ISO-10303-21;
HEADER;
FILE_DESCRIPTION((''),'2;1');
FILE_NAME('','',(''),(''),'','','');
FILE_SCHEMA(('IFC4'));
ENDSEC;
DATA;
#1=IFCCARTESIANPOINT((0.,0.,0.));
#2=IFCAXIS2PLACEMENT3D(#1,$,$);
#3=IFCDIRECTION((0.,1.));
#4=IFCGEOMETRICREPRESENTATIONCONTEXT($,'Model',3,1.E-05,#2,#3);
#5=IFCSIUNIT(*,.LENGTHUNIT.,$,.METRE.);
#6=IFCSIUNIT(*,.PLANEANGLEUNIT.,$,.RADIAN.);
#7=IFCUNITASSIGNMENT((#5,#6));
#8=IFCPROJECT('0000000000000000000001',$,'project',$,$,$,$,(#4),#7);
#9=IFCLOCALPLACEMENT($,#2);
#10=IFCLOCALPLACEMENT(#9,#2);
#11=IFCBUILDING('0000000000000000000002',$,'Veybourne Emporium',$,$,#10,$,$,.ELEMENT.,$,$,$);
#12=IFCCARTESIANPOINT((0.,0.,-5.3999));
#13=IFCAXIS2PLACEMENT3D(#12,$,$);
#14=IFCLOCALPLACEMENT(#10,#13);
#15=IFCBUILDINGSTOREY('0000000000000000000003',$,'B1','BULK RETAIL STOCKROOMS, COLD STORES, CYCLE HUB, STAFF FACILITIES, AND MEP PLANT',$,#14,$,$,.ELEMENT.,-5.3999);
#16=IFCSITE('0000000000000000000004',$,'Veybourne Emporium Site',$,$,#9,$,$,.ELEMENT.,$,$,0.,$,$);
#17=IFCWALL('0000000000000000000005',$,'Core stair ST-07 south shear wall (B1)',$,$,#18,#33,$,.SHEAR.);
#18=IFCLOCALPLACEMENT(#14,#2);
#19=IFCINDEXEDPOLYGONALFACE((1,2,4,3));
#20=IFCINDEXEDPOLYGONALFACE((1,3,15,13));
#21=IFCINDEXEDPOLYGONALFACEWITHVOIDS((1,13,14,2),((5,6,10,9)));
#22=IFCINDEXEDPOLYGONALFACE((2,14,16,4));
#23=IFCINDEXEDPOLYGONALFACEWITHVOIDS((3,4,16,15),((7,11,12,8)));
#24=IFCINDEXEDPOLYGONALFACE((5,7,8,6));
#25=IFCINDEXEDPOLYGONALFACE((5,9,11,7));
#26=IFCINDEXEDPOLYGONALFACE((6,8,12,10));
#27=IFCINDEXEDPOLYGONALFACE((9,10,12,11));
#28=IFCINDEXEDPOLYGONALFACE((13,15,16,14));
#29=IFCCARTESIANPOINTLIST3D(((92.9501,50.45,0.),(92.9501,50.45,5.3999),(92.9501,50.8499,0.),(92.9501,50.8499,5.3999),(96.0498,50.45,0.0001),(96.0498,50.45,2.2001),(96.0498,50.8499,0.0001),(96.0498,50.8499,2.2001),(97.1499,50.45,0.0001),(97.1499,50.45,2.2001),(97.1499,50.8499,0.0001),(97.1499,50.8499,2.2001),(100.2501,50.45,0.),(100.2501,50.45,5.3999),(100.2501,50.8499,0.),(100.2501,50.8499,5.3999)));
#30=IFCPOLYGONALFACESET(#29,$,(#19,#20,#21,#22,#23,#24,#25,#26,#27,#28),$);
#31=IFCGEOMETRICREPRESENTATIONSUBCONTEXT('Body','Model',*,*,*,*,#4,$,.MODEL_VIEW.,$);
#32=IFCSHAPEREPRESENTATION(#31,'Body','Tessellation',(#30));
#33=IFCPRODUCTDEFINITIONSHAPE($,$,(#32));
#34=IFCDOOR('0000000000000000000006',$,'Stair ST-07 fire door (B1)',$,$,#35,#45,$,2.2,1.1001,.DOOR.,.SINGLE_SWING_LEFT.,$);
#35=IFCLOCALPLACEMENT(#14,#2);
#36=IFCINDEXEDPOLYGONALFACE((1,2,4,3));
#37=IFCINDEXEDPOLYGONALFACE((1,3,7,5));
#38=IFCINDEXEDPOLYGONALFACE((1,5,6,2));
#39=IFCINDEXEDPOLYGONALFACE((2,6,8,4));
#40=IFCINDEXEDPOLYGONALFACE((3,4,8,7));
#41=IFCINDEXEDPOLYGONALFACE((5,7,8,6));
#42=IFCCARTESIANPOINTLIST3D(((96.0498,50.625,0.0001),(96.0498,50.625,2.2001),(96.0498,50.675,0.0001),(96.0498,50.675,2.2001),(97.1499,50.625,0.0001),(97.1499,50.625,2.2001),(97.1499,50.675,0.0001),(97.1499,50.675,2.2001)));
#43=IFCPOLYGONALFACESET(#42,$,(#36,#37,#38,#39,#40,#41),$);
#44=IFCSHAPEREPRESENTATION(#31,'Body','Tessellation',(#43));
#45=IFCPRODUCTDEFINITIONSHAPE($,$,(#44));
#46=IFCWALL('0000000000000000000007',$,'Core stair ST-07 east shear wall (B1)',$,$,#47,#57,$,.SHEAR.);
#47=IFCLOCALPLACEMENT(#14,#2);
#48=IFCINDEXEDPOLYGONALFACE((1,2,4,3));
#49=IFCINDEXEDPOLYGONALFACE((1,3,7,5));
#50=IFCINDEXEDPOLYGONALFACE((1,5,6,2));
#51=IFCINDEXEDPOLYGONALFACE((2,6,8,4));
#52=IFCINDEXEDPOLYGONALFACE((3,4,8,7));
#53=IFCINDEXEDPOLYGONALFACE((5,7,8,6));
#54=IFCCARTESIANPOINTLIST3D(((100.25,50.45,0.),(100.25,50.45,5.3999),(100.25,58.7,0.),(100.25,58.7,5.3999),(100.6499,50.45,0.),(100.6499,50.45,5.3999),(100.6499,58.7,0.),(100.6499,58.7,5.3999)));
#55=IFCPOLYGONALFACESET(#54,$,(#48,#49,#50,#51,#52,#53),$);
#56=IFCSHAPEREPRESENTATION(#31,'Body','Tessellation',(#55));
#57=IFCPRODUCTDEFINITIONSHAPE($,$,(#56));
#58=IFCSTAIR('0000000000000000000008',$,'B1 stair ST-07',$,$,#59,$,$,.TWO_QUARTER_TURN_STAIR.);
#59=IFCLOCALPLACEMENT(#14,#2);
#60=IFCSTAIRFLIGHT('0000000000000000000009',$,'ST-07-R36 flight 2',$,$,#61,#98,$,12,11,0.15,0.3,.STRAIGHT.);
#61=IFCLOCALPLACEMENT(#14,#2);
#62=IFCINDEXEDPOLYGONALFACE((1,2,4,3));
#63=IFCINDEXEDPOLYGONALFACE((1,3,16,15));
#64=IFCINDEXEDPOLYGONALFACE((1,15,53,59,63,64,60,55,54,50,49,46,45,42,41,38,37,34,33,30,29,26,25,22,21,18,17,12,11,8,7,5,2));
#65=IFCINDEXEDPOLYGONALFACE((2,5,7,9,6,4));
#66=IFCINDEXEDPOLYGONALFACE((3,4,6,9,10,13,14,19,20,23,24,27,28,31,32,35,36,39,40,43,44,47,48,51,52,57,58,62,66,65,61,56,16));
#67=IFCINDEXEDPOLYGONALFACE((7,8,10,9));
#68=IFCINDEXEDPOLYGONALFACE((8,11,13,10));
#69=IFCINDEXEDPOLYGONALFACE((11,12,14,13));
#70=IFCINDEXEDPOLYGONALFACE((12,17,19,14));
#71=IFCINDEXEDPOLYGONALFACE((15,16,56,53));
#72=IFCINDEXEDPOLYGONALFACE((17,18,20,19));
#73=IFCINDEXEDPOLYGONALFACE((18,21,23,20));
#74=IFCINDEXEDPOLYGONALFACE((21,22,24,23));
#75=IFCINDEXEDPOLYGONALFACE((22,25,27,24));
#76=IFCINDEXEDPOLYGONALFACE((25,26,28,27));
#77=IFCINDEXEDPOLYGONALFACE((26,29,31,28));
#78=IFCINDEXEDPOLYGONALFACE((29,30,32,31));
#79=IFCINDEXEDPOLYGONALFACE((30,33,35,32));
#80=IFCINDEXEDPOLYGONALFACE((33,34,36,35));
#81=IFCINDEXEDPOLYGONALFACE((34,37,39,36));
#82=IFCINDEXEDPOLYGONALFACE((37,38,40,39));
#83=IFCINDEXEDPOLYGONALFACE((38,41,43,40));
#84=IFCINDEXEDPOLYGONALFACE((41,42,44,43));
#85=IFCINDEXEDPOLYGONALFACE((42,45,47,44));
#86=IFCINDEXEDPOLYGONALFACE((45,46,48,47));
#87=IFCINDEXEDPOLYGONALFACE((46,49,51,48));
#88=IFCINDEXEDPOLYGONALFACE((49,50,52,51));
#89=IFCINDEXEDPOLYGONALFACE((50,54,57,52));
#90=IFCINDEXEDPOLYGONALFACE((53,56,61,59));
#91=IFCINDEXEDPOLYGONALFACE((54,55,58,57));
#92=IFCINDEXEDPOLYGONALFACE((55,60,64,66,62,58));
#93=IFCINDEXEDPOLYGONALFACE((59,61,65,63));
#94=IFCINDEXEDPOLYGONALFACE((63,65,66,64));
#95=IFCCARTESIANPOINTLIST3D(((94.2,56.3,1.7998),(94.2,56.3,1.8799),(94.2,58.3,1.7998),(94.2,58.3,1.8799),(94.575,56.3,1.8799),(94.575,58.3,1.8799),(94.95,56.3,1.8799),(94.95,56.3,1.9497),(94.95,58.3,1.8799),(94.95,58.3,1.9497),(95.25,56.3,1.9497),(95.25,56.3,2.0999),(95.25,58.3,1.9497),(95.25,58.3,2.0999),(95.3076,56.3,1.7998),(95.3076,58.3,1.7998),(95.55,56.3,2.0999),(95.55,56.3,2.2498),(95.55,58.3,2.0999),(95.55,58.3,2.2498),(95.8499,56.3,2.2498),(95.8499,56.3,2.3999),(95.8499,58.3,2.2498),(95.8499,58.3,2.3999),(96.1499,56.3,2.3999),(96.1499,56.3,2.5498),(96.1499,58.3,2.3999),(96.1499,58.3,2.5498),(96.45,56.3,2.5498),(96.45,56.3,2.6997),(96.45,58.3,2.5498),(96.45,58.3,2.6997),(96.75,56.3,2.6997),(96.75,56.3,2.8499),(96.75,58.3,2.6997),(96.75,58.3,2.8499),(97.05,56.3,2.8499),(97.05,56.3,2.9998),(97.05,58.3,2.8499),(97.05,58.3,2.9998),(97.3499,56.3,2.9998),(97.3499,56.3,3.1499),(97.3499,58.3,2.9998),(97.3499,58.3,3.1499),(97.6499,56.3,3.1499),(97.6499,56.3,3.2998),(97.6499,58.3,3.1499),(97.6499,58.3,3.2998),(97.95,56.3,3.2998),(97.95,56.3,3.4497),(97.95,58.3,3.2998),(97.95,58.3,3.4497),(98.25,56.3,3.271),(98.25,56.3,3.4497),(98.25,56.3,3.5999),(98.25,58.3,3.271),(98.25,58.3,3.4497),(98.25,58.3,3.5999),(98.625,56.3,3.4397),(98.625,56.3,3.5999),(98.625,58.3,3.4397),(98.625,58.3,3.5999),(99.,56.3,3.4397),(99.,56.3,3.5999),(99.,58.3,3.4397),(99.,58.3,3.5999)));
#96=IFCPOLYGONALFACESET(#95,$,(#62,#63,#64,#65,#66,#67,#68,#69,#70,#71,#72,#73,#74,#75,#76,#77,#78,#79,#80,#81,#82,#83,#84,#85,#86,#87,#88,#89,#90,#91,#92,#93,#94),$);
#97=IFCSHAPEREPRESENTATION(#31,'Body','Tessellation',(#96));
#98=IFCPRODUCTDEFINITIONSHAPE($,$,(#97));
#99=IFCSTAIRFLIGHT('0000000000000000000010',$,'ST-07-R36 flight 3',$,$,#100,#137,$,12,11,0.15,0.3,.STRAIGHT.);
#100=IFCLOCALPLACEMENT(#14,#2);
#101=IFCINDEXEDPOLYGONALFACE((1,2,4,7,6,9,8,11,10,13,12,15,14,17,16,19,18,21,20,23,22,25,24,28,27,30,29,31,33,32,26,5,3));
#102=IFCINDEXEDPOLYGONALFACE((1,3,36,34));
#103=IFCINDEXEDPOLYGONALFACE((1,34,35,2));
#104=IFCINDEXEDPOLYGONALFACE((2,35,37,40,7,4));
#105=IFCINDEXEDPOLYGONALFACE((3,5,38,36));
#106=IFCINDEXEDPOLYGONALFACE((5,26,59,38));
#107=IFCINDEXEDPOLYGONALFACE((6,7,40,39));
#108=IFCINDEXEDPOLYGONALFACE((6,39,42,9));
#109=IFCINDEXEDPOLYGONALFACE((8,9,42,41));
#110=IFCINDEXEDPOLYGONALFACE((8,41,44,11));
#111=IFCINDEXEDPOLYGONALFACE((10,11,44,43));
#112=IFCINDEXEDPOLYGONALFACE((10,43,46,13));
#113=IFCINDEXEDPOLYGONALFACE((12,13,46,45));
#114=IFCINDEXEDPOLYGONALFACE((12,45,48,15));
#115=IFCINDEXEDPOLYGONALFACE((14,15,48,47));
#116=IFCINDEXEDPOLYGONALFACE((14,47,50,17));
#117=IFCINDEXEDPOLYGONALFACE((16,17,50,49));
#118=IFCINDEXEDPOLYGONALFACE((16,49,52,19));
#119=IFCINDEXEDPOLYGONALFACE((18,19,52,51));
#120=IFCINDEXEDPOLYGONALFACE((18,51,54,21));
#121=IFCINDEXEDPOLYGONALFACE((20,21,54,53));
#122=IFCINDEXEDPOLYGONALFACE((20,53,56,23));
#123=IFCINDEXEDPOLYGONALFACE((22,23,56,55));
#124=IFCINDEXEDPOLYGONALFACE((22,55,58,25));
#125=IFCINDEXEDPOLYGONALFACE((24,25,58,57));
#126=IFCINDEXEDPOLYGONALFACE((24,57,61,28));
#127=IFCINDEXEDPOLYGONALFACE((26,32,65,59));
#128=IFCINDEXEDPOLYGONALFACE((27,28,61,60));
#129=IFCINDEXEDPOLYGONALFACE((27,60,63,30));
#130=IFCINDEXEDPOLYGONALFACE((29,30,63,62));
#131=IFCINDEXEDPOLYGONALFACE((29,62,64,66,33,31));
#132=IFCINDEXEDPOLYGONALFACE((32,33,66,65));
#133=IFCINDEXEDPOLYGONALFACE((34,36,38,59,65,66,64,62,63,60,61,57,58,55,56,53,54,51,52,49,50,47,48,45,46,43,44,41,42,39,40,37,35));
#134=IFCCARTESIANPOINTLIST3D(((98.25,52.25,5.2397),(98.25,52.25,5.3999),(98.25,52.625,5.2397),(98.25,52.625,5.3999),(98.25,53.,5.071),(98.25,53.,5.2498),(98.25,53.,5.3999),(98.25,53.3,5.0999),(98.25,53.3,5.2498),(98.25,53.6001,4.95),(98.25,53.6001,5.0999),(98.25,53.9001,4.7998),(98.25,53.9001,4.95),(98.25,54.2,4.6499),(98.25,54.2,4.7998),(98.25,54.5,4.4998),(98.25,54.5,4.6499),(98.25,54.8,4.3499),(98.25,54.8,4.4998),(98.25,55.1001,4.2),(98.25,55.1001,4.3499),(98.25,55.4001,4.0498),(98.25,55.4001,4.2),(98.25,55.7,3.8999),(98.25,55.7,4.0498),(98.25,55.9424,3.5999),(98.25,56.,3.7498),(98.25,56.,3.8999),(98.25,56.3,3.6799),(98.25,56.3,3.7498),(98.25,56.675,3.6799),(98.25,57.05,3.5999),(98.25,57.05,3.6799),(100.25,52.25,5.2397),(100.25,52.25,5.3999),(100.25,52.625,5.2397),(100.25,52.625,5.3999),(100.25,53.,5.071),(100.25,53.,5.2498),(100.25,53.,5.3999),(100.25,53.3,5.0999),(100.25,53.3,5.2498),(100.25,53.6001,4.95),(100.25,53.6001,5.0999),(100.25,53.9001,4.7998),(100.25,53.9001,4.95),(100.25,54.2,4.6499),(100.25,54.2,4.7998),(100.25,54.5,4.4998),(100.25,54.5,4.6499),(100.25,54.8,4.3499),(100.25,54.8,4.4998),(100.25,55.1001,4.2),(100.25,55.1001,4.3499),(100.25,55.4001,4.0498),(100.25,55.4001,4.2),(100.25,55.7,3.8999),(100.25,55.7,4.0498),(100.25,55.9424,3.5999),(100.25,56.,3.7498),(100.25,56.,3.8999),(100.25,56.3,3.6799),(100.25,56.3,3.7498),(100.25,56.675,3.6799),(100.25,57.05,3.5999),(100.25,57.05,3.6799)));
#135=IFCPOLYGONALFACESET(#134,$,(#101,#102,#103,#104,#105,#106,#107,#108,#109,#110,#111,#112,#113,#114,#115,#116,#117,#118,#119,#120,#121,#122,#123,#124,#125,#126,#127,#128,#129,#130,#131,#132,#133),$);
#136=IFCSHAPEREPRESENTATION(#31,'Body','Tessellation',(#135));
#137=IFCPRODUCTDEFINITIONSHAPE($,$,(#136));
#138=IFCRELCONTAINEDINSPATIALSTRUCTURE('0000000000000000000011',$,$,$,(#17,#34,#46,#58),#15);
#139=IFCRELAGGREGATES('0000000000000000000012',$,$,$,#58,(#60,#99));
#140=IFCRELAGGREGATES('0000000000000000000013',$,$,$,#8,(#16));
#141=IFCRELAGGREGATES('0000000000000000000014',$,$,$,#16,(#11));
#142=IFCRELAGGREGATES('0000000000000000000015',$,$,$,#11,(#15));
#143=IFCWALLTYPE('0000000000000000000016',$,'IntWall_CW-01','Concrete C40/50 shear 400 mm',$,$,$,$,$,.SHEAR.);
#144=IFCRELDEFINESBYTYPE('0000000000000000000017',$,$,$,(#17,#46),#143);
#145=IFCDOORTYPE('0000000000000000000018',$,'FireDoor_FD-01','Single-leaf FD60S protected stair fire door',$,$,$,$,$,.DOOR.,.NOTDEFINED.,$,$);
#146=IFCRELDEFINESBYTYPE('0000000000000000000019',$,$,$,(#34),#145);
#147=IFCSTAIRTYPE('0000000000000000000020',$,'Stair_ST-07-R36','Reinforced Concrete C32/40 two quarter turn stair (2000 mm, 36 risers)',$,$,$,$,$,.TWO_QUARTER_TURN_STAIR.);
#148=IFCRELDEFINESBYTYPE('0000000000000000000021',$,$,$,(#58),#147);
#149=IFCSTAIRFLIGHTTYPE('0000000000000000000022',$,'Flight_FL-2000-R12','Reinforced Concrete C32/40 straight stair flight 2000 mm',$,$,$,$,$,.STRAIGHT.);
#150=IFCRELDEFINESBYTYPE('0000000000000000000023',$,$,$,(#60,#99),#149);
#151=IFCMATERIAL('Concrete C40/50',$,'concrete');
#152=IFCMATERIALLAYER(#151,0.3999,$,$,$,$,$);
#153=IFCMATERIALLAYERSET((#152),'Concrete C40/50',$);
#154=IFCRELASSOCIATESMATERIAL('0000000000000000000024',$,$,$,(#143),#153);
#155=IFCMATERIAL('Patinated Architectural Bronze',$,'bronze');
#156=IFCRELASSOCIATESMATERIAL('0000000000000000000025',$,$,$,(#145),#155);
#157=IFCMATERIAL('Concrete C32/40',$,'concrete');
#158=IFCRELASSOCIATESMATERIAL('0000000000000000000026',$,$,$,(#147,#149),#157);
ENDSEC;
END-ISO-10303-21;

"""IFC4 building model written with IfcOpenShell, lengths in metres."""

from ifc_helpers import new_model, si_unit, direction, frame, frame_2d, origin, place, context, subcontext, project, spatial, polyline, rectangle, outline, extrude, material, layer, layer_set, type_object, element, fill, aggregate, save


model = new_model("IFC4")

# Units and contexts
model_context = context("Model", 3, precision=1e-05, world=origin(), true_north=direction((0.0, 1.0)))
body_context = subcontext(model_context, "Body", "Model", "MODEL_VIEW")
ifc_project = project(units=[si_unit("LENGTHUNIT", "METRE"), si_unit("PLANEANGLEUNIT", "RADIAN")], contexts=[model_context])

# Site, building, storey
site_placement = place(None, origin())
site = spatial("IfcSite", under=ifc_project, at=site_placement, Name="Veybourne Emporium Site", CompositionType="ELEMENT", RefElevation=0.0)
building_placement = place(site_placement, origin())
building = spatial("IfcBuilding", under=site, at=building_placement, Name="Veybourne Emporium", CompositionType="ELEMENT")
storey_placement = place(building_placement, frame((0.0, 0.0, -5.3999)))
storey = spatial("IfcBuildingStorey", under=building, at=storey_placement, Name="B1", Description="BULK RETAIL STOCKROOMS, COLD STORES, CYCLE HUB, STAFF FACILITIES, AND MEP PLANT", CompositionType="ELEMENT", Elevation=-5.3999)

# Shared definitions
ifc_material_1 = material(Name="Concrete C40/50", Category="concrete")

# Shared definitions
ifc_material_2 = material(Name="Concrete C32/40", Category="concrete")

# Wall, opening, door
ifc_layer_1 = layer(ifc_material_1, 0.3999)
ifc_layer_set_1 = layer_set([ifc_layer_1], Name="Concrete C40/50")
wall_type_1 = type_object("IfcWallType", Name="IntWall_CW-01", Description="Concrete C40/50 shear 400 mm", PredefinedType="SHEAR", material=ifc_layer_set_1)
wall_1_placement = place(storey_placement, frame((100.25, 50.6499, 0.0), z_axis=(0.0, 0.0, 1.0), x_axis=(-1.0, 0.0, 0.0)))
wall_1 = element("IfcWall", 1, at=wall_1_placement, inside=storey, type_object=wall_type_1, Name="Core stair ST-07 south shear wall (B1)", PredefinedType="SHEAR", context=body_context, shape_type="SweptSolid", body=[
    extrude(rectangle(XDim=7.3, YDim=0.3999, at=frame_2d((3.6499, 0.0))), origin(), (0.0, 0.0, 1.0), 5.3999),
])
opening_placement = place(wall_1_placement, frame((3.1001, 0.0, 0.0)))
opening = element("IfcOpeningElement", 2, at=opening_placement, cuts=wall_1, PredefinedType="OPENING", context=body_context, shape_type="SweptSolid", body=[
    extrude(rectangle(XDim=1.1001, YDim=2.2, at=frame_2d((0.55, 1.1001))), frame((0.0, 0.22, 0.0), z_axis=(0.0, -1.0, 0.0), x_axis=(1.0, 0.0, 0.0)), (0.0, 0.0, 1.0), 0.4399),
])
ifc_material_3 = material(Name="Patinated Architectural Bronze", Category="bronze")
door_type = type_object("IfcDoorType", Name="FireDoor_FD-01", Description="Single-leaf FD60S protected stair fire door", OperationType="NOTDEFINED", PredefinedType="DOOR", material=ifc_material_3)
door_placement = place(opening_placement, origin())
door = element("IfcDoor", 3, at=door_placement, inside=storey, type_object=door_type, Name="Stair ST-07 fire door (B1)", OperationType="SINGLE_SWING_LEFT", OverallHeight=2.2, OverallWidth=1.1001, PredefinedType="DOOR", context=body_context, shape_type="SweptSolid", body=[
    extrude(rectangle(XDim=1.1001, YDim=2.2, at=frame_2d((0.55, 1.1001))), frame((0.0, 0.0249, 0.0), z_axis=(0.0, -1.0, 0.0), x_axis=(1.0, 0.0, 0.0)), (0.0, 0.0, 1.0), 0.05),
])
fill(opening, door)

# Wall
wall_2_placement = place(storey_placement, frame((100.45, 50.45, 0.0), z_axis=(0.0, 0.0, 1.0), x_axis=(0.0, 1.0, 0.0)))
element("IfcWall", 4, at=wall_2_placement, inside=storey, type_object=wall_type_1, Name="Core stair ST-07 east shear wall (B1)", PredefinedType="SHEAR", context=body_context, shape_type="SweptSolid", body=[
    extrude(rectangle(XDim=8.25, YDim=0.3999, at=frame_2d((4.125, 0.0))), origin(), (0.0, 0.0, 1.0), 5.3999),
])

# Stair, stair flights
stair_type = type_object("IfcStairType", Name="Stair_ST-07-R36", Description="Reinforced Concrete C32/40 two quarter turn stair (2000 mm, 36 risers)", PredefinedType="TWO_QUARTER_TURN_STAIR", material=ifc_material_2)
stair_placement = place(storey_placement, origin())
stair = element("IfcStair", 5, at=stair_placement, inside=storey, type_object=stair_type, Name="B1 stair ST-07", PredefinedType="TWO_QUARTER_TURN_STAIR")
stair_flight_type = type_object("IfcStairFlightType", Name="Flight_FL-2000-R12", Description="Reinforced Concrete C32/40 straight stair flight 2000 mm", PredefinedType="STRAIGHT", material=ifc_material_2)
stair_flight_1_placement = place(storey_placement, frame((94.95, 57.3, 1.7998), z_axis=(0.0, 0.0, 1.0), x_axis=(1.0, 0.0, 0.0)))
stair_flight_1 = element("IfcStairFlight", 6, at=stair_flight_1_placement, type_object=stair_flight_type, Name="ST-07-R36 flight 2", NumberOfRisers=12, NumberOfTreads=11, PredefinedType="STRAIGHT", RiserHeight=0.15, TreadLength=0.3, context=body_context, shape_type="SweptSolid", body=[
    extrude(outline(polyline([(-0.75, 0.0), (-0.75, 0.0801), (-0.375, 0.0801), (0.0, 0.0801), (0.0, 0.1499), (0.3, 0.1499), (0.3, 0.3), (0.6001, 0.3), (0.6001, 0.45), (0.8999, 0.45), (0.8999, 0.6001), (1.2, 0.6001), (1.2, 0.75), (1.5, 0.75), (1.5, 0.8999), (1.8, 0.8999), (1.8, 1.05), (2.1001, 1.05), (2.1001, 1.2), (2.3999, 1.2), (2.3999, 1.3501), (2.7, 1.3501), (2.7, 1.5), (3.0, 1.5), (3.0, 1.6499), (3.3, 1.6499), (3.3, 1.8), (3.675, 1.8), (4.05, 1.8), (4.05, 1.6399), (3.675, 1.6399), (3.3, 1.4712), (0.3577, 0.0), (-0.75, 0.0)])), frame((0.0, 1.0, 0.0), z_axis=(0.0, -1.0, 0.0), x_axis=(1.0, 0.0, 0.0)), (0.0, 0.0, 1.0), 2.0),
])
stair_flight_2_placement = place(storey_placement, frame((99.25, 56.3, 3.5999), z_axis=(0.0, 0.0, 1.0), x_axis=(0.0, -1.0, 0.0)))
stair_flight_2 = element("IfcStairFlight", 7, at=stair_flight_2_placement, type_object=stair_flight_type, Name="ST-07-R36 flight 3", NumberOfRisers=12, NumberOfTreads=11, PredefinedType="STRAIGHT", RiserHeight=0.15, TreadLength=0.3, context=body_context, shape_type="SweptSolid", body=[
    extrude(outline(polyline([(-0.75, 0.0), (-0.75, 0.0801), (-0.375, 0.0801), (0.0, 0.0801), (0.0, 0.1499), (0.3, 0.1499), (0.3, 0.3), (0.6001, 0.3), (0.6001, 0.45), (0.8999, 0.45), (0.8999, 0.6001), (1.2, 0.6001), (1.2, 0.75), (1.5, 0.75), (1.5, 0.8999), (1.8, 0.8999), (1.8, 1.05), (2.1001, 1.05), (2.1001, 1.2), (2.3999, 1.2), (2.3999, 1.3501), (2.7, 1.3501), (2.7, 1.5), (3.0, 1.5), (3.0, 1.6499), (3.3, 1.6499), (3.3, 1.8), (3.675, 1.8), (4.05, 1.8), (4.05, 1.6399), (3.675, 1.6399), (3.3, 1.4712), (0.3577, 0.0), (-0.75, 0.0)])), frame((0.0, 1.0, 0.0), z_axis=(0.0, -1.0, 0.0), x_axis=(1.0, 0.0, 0.0)), (0.0, 0.0, 1.0), 2.0),
])
aggregate(stair, [stair_flight_1, stair_flight_2])

save(model, "model.ifc")
